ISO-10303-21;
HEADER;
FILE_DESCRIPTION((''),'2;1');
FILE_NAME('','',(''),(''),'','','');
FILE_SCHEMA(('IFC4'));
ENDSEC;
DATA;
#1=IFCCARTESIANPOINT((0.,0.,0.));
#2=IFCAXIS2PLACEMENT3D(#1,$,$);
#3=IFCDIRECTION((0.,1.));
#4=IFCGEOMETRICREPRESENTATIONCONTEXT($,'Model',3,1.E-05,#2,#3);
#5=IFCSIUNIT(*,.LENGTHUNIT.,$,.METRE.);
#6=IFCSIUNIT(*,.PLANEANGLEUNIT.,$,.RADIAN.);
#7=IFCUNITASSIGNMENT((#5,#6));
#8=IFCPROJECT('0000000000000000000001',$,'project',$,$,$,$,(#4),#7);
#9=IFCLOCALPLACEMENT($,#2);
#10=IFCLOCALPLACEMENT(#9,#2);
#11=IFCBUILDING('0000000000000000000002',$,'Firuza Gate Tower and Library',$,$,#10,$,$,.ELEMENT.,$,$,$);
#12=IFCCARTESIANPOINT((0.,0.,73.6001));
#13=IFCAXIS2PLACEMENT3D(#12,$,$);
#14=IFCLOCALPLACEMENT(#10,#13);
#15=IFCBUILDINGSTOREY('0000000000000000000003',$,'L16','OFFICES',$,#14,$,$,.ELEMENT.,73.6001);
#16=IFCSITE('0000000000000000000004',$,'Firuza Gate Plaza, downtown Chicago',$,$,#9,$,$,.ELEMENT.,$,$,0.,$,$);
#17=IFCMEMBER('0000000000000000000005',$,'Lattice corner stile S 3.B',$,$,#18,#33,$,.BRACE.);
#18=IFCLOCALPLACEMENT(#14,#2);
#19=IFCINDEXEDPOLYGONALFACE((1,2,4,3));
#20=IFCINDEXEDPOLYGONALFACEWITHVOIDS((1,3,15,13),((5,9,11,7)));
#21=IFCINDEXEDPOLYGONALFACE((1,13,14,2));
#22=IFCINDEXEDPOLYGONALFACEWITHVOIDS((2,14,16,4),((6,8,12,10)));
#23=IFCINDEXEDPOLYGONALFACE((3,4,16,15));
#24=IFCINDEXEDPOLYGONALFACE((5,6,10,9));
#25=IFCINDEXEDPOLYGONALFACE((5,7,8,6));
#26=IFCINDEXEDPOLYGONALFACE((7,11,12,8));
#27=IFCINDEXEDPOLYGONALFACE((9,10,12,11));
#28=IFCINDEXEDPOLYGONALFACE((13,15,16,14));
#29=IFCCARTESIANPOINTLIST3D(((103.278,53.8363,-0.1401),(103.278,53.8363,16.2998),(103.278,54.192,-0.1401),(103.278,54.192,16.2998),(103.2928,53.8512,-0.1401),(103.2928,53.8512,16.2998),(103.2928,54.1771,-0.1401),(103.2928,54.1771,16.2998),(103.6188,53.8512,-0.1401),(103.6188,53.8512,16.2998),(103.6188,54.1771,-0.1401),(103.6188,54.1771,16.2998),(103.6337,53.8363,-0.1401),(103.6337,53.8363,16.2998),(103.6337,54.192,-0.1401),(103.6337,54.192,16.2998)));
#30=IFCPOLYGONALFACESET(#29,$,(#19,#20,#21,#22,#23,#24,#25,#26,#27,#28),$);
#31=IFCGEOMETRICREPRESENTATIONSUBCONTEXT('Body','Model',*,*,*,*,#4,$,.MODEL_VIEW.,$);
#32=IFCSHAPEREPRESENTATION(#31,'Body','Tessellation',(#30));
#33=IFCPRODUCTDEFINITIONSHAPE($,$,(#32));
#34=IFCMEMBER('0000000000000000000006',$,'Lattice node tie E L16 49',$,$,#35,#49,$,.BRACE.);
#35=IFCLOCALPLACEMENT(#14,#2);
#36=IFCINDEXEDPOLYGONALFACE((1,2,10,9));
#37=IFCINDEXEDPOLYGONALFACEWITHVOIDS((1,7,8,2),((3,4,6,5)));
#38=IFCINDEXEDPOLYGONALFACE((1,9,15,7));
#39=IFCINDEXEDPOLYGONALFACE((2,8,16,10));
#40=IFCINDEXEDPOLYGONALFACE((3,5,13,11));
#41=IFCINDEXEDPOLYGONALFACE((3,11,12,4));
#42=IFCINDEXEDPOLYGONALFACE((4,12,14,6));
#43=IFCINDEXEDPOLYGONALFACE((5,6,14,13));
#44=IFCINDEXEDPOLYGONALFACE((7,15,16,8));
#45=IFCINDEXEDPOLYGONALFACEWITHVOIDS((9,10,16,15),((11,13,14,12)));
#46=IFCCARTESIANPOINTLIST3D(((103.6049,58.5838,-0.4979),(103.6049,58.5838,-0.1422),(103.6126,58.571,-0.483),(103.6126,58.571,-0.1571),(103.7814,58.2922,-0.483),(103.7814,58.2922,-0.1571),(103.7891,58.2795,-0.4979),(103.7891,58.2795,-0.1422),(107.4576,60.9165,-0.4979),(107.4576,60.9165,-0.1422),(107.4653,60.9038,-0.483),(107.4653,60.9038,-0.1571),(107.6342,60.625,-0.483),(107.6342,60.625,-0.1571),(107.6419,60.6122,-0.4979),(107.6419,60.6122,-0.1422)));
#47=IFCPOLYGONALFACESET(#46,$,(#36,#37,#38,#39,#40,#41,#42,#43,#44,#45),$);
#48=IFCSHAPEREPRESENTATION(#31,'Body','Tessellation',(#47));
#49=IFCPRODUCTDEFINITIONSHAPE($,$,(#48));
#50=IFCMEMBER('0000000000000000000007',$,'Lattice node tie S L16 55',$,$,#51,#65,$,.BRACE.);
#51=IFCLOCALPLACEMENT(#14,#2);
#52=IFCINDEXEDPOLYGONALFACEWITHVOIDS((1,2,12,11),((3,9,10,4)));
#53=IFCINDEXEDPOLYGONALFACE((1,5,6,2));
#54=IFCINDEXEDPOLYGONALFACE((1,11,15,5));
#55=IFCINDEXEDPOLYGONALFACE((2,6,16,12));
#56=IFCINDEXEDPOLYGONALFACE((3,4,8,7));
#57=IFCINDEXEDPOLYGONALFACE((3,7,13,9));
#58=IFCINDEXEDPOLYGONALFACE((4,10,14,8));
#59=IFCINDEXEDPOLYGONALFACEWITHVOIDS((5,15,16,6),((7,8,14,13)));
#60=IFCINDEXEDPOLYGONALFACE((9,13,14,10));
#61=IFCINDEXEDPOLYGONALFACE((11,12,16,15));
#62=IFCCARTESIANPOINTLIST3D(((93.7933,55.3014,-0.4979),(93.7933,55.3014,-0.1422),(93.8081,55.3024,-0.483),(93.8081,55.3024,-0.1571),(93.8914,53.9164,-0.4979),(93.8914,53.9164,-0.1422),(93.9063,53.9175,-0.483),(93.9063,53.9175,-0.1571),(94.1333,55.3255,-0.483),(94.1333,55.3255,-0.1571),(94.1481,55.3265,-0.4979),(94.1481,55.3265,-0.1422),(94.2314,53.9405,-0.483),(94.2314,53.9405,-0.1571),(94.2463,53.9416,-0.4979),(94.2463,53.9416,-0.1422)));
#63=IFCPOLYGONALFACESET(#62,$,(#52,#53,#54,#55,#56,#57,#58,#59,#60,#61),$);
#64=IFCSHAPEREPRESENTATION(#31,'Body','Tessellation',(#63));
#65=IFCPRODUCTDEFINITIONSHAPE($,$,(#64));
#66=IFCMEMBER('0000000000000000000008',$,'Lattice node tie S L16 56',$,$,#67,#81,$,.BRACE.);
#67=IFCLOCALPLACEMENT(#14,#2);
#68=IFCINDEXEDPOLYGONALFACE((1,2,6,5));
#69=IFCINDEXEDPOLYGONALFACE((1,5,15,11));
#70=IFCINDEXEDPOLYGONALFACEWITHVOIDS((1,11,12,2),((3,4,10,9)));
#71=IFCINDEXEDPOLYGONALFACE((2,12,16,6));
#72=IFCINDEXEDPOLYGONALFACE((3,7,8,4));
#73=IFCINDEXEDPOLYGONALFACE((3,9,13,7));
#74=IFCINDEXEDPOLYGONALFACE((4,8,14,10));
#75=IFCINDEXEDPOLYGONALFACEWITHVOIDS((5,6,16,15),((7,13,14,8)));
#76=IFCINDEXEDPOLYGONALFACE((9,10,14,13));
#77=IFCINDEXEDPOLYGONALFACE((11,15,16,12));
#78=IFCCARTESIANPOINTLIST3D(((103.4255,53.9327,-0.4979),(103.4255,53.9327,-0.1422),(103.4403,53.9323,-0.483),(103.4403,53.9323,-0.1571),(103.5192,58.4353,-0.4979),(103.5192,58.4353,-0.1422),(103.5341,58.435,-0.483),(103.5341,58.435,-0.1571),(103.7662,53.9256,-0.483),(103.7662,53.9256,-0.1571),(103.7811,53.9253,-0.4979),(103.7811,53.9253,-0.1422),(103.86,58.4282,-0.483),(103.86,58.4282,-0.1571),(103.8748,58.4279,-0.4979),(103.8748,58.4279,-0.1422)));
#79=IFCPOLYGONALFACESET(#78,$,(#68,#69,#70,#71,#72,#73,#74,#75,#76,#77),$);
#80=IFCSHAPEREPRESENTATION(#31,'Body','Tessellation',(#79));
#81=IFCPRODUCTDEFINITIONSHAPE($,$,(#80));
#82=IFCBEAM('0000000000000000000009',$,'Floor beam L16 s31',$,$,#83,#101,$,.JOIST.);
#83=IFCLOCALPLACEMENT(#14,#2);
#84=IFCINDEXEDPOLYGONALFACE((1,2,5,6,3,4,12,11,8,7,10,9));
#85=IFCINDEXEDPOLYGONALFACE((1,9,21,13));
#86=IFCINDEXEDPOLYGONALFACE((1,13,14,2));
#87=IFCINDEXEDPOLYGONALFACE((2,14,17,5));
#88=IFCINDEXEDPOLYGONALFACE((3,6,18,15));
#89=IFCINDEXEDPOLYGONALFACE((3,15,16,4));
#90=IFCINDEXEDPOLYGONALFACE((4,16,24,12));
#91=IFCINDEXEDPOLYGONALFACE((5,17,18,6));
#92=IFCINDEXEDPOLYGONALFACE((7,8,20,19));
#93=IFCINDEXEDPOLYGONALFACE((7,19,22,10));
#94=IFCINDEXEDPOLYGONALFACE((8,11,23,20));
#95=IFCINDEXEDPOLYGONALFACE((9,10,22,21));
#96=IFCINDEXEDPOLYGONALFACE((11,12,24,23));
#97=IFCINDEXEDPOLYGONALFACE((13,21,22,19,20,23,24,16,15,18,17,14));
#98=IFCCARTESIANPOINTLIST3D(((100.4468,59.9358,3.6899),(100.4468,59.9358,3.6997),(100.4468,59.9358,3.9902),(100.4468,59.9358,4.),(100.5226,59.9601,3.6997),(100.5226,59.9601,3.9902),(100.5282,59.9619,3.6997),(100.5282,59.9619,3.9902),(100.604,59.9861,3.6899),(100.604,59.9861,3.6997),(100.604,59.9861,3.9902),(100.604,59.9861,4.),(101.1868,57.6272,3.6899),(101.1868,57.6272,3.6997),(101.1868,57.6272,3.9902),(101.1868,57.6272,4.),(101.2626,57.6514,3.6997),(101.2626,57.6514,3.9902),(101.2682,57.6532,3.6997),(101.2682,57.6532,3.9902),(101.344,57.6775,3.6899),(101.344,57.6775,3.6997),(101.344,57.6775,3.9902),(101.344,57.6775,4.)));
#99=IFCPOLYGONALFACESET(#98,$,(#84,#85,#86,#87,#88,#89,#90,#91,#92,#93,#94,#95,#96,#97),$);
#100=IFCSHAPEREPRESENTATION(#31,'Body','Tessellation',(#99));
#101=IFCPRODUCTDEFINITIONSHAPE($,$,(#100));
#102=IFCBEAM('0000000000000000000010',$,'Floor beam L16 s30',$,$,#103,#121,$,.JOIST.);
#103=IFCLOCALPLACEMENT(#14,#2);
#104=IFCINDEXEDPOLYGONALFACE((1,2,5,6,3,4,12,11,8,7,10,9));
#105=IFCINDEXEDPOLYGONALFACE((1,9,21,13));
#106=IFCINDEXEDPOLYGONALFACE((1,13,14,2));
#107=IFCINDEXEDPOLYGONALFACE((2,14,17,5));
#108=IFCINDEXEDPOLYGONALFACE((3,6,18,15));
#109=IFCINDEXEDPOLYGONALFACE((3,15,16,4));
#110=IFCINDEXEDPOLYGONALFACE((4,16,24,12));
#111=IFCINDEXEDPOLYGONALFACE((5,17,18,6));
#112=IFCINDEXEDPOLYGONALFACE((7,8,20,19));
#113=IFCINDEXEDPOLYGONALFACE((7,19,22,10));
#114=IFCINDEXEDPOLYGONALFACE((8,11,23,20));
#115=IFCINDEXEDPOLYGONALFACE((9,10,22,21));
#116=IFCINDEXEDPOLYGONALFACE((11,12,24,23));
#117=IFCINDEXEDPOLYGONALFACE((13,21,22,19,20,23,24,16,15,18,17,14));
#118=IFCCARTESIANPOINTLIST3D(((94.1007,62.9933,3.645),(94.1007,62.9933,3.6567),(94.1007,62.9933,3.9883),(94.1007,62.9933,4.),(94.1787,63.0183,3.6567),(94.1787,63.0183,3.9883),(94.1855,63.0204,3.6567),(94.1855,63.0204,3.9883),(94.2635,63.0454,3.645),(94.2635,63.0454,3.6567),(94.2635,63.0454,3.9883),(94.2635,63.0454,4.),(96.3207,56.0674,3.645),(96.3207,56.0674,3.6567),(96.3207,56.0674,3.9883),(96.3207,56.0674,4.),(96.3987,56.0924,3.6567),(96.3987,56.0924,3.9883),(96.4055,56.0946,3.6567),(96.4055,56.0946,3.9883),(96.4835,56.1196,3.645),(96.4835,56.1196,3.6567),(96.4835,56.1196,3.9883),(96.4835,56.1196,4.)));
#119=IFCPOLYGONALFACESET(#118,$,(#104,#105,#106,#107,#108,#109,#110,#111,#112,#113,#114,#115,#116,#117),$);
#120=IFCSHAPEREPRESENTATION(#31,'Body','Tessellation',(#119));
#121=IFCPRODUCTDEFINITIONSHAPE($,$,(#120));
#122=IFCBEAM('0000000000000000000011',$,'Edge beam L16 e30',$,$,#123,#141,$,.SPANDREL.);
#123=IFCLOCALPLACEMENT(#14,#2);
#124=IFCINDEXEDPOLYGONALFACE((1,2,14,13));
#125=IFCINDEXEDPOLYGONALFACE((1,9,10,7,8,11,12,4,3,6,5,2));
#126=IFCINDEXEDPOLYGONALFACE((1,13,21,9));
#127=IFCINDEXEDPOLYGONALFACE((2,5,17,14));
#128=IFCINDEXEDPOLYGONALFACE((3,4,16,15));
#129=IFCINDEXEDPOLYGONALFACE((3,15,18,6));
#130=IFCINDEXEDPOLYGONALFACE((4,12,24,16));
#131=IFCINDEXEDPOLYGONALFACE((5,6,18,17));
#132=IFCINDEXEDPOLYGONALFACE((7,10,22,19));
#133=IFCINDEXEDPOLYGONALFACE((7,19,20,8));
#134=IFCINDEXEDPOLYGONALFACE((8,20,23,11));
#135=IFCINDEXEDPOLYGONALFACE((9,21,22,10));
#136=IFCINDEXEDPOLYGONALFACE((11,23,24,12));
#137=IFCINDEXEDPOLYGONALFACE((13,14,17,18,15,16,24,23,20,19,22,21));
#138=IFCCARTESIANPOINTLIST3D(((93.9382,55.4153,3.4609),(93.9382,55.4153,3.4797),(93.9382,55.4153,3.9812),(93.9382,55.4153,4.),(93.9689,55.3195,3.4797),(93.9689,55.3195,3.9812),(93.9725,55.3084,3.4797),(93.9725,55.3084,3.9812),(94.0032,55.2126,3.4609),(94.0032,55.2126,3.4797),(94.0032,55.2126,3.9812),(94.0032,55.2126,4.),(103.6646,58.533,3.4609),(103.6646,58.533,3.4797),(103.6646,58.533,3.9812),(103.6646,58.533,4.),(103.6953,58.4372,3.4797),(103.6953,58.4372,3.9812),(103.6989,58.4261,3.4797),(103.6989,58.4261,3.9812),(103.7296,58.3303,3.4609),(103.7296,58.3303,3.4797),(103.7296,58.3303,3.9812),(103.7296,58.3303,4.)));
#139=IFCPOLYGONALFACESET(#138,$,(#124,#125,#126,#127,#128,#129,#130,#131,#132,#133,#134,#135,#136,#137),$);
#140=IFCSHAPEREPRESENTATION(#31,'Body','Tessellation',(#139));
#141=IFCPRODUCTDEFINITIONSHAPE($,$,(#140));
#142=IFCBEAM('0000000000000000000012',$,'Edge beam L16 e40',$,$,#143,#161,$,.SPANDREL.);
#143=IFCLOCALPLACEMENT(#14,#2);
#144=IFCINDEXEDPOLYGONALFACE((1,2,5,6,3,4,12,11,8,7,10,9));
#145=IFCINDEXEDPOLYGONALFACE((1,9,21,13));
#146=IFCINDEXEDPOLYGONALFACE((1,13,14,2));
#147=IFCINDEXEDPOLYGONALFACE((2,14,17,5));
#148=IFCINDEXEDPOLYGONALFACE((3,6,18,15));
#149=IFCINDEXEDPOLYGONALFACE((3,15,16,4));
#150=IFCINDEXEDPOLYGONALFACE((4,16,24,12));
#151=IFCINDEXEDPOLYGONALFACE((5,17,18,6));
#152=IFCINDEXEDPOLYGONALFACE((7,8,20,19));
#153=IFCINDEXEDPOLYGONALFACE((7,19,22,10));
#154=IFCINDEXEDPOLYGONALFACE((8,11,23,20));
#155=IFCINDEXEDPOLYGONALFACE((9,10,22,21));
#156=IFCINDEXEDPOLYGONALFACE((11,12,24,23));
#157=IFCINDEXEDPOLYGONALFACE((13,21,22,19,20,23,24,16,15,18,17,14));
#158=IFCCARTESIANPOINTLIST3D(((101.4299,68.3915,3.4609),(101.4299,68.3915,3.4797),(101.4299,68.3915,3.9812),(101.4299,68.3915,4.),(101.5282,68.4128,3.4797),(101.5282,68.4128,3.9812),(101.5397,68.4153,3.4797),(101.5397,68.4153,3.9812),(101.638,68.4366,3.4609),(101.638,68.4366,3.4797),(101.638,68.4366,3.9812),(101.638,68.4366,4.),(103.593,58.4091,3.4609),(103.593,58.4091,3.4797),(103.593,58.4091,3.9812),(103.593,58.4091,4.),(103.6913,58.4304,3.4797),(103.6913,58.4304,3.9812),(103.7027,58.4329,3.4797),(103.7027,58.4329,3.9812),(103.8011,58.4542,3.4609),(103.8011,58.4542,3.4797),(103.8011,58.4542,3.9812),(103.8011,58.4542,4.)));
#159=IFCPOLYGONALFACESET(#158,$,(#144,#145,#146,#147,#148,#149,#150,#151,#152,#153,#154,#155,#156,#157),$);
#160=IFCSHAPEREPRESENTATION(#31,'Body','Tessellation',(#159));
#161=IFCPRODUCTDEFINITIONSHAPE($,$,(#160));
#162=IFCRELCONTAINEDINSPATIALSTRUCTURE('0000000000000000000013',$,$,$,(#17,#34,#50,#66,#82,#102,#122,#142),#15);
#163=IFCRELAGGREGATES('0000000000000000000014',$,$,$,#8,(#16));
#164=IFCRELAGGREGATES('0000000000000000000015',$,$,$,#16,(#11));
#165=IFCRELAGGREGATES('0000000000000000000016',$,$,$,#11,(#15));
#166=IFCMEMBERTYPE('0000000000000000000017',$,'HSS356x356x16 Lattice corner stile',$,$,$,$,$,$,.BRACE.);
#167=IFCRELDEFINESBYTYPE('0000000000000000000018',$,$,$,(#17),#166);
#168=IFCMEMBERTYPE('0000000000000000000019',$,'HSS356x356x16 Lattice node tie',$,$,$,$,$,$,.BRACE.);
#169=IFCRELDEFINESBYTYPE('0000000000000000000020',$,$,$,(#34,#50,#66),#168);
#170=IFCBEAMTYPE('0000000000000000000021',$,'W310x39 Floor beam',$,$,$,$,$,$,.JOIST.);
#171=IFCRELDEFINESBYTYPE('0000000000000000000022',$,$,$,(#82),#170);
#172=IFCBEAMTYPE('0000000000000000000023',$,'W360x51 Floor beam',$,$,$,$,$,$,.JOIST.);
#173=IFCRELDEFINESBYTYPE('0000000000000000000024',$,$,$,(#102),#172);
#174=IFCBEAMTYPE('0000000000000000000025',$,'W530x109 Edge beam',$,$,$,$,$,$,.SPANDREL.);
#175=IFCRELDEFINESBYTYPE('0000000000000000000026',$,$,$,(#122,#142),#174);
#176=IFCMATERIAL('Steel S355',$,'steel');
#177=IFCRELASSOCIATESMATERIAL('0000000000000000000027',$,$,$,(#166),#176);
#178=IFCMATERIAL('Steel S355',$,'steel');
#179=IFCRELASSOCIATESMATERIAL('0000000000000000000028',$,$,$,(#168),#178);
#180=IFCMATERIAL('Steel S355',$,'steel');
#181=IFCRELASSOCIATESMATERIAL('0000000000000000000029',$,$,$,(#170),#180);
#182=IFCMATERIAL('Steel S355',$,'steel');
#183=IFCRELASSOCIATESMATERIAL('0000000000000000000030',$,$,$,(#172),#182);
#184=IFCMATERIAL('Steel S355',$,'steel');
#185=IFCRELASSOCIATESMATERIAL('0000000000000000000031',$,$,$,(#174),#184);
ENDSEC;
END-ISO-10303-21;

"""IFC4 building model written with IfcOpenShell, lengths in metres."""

from ifc_helpers import new_model, si_unit, direction, frame, origin, origin_2d, place, context, subcontext, project, spatial, hollow_rectangle, i_section, extrude, material, material_profile, profile_set, type_object, element, save


model = new_model("IFC4")

# Units and contexts
model_context = context("Model", 3, precision=1e-05, world=origin(), true_north=direction((0.0, 1.0)))
body_context = subcontext(model_context, "Body", "Model", "MODEL_VIEW")
ifc_project = project(units=[si_unit("LENGTHUNIT", "METRE"), si_unit("PLANEANGLEUNIT", "RADIAN")], contexts=[model_context])

# Site, building, storey
site_placement = place(None, origin())
site = spatial("IfcSite", under=ifc_project, at=site_placement, Name="Firuza Gate Plaza, downtown Chicago", CompositionType="ELEMENT", RefElevation=0.0)
building_placement = place(site_placement, origin())
building = spatial("IfcBuilding", under=site, at=building_placement, Name="Firuza Gate Tower and Library", CompositionType="ELEMENT")
storey_placement = place(building_placement, frame((0.0, 0.0, 73.6001)))
storey = spatial("IfcBuildingStorey", under=building, at=storey_placement, Name="L16", Description="OFFICES", CompositionType="ELEMENT", Elevation=73.6001)

# Members
ifc_material_1 = material(Name="Steel S355", Category="steel")
ifc_material_profile_1 = material_profile(ifc_material_1, hollow_rectangle(XDim=0.3557, YDim=0.3557, WallThickness=0.0149, at=origin_2d()))
ifc_profile_set_1 = profile_set([ifc_material_profile_1], Name="Steel S355")
member_type_1 = type_object("IfcMemberType", Name="HSS356x356x16 Lattice corner stile", PredefinedType="BRACE", material=ifc_profile_set_1)
member_1_placement = place(storey_placement, frame((103.4558, 54.0142, -0.1401), z_axis=(0.0, 0.0, 1.0), x_axis=(1.0, 0.0, 0.0)))
element("IfcMember", 1, at=member_1_placement, inside=storey, type_object=member_type_1, Name="Lattice corner stile S 3.B", PredefinedType="BRACE", context=body_context, shape_type="SweptSolid", body=[
    extrude(hollow_rectangle(XDim=0.3557, YDim=0.3557, WallThickness=0.0149, at=origin_2d()), origin(), (0.0, 0.0, 1.0), 16.4399),
])
ifc_material_2 = material(Name="Steel S355", Category="steel")
ifc_material_profile_2 = material_profile(ifc_material_2, hollow_rectangle(XDim=0.3557, YDim=0.3557, WallThickness=0.0149, at=origin_2d()))
ifc_profile_set_2 = profile_set([ifc_material_profile_2], Name="Steel S355")
member_type_2 = type_object("IfcMemberType", Name="HSS356x356x16 Lattice node tie", PredefinedType="BRACE", material=ifc_profile_set_2)
member_2_placement = place(storey_placement, frame((103.697, 58.4316, -0.3201), z_axis=(0.85542, 0.517935, 0.0), x_axis=(-0.517935, 0.85542, 0.0)))
element("IfcMember", 2, at=member_2_placement, inside=storey, type_object=member_type_2, Name="Lattice node tie E L16 49", PredefinedType="BRACE", context=body_context, shape_type="SweptSolid", body=[
    extrude(hollow_rectangle(XDim=0.3557, YDim=0.3557, WallThickness=0.0149, at=origin_2d()), origin(), (0.0, 0.0, 1.0), 4.5039),
])
member_3_placement = place(storey_placement, frame((93.9707, 55.314, -0.3201), z_axis=(0.070685, -0.997499, 0.0), x_axis=(0.997499, 0.070685, 0.0)))
element("IfcMember", 3, at=member_3_placement, inside=storey, type_object=member_type_2, Name="Lattice node tie S L16 55", PredefinedType="BRACE", context=body_context, shape_type="SweptSolid", body=[
    extrude(hollow_rectangle(XDim=0.3557, YDim=0.3557, WallThickness=0.0149, at=origin_2d()), origin(), (0.0, 0.0, 1.0), 1.3884),
])
member_4_placement = place(storey_placement, frame((103.697, 58.4316, -0.3201), z_axis=(-0.020816, -0.999783, 0.0), x_axis=(0.999783, -0.020816, 0.0)))
element("IfcMember", 4, at=member_4_placement, inside=storey, type_object=member_type_2, Name="Lattice node tie S L16 56", PredefinedType="BRACE", context=body_context, shape_type="SweptSolid", body=[
    extrude(hollow_rectangle(XDim=0.3557, YDim=0.3557, WallThickness=0.0149, at=origin_2d()), origin(), (0.0, 0.0, 1.0), 4.5037),
])

# Beams
ifc_material_3 = material(Name="Steel S355", Category="steel")
ifc_material_profile_3 = material_profile(ifc_material_3, i_section(OverallWidth=0.165, OverallDepth=0.3101, WebThickness=0.0059, FlangeThickness=0.0098, at=origin_2d()))
ifc_profile_set_3 = profile_set([ifc_material_profile_3], Name="Steel S355")
beam_type_1 = type_object("IfcBeamType", Name="W310x39 Floor beam", PredefinedType="JOIST", material=ifc_profile_set_3)
beam_1_placement = place(storey_placement, frame((101.2654, 57.6523, 3.845), z_axis=(-0.30524, 0.952276, 0.0), x_axis=(-0.952276, -0.30524, 0.0)))
element("IfcBeam", 5, at=beam_1_placement, inside=storey, type_object=beam_type_1, Name="Floor beam L16 s31", PredefinedType="JOIST", context=body_context, shape_type="SweptSolid", body=[
    extrude(i_section(OverallWidth=0.165, OverallDepth=0.3101, WebThickness=0.0059, FlangeThickness=0.0098, at=origin_2d()), origin(), (0.0, 0.0, 1.0), 2.4243),
])
ifc_material_4 = material(Name="Steel S355", Category="steel")
ifc_material_profile_4 = material_profile(ifc_material_4, i_section(OverallWidth=0.1709, OverallDepth=0.355, WebThickness=0.0071, FlangeThickness=0.0117, at=origin_2d()))
ifc_profile_set_4 = profile_set([ifc_material_profile_4], Name="Steel S355")
beam_type_2 = type_object("IfcBeamType", Name="W360x51 Floor beam", PredefinedType="JOIST", material=ifc_profile_set_4)
beam_2_placement = place(storey_placement, frame((96.4021, 56.0935, 3.8225), z_axis=(-0.30524, 0.952276, 0.0), x_axis=(-0.952276, -0.30524, 0.0)))
element("IfcBeam", 6, at=beam_2_placement, inside=storey, type_object=beam_type_2, Name="Floor beam L16 s30", PredefinedType="JOIST", context=body_context, shape_type="SweptSolid", body=[
    extrude(i_section(OverallWidth=0.1709, OverallDepth=0.355, WebThickness=0.0071, FlangeThickness=0.0117, at=origin_2d()), origin(), (0.0, 0.0, 1.0), 7.2729),
])
ifc_material_5 = material(Name="Steel S355", Category="steel")
ifc_material_profile_5 = material_profile(ifc_material_5, i_section(OverallWidth=0.2129, OverallDepth=0.5391, WebThickness=0.0117, FlangeThickness=0.0188, at=origin_2d()))
ifc_profile_set_5 = profile_set([ifc_material_profile_5], Name="Steel S355")
beam_type_3 = type_object("IfcBeamType", Name="W530x109 Edge beam", PredefinedType="SPANDREL", material=ifc_profile_set_5)
beam_3_placement = place(storey_placement, frame((93.9707, 55.314, 3.7305), z_axis=(0.952275, 0.305242, 0.0), x_axis=(-0.305242, 0.952275, 0.0)))
element("IfcBeam", 7, at=beam_3_placement, inside=storey, type_object=beam_type_3, Name="Edge beam L16 e30", PredefinedType="SPANDREL", context=body_context, shape_type="SweptSolid", body=[
    extrude(i_section(OverallWidth=0.2129, OverallDepth=0.5391, WebThickness=0.0117, FlangeThickness=0.0188, at=origin_2d()), origin(), (0.0, 0.0, 1.0), 10.2139),
])
beam_4_placement = place(storey_placement, frame((103.697, 58.4316, 3.7305), z_axis=(-0.211775, 0.977319, 0.0), x_axis=(-0.977319, -0.211775, 0.0)))
element("IfcBeam", 8, at=beam_4_placement, inside=storey, type_object=beam_type_3, Name="Edge beam L16 e40", PredefinedType="SPANDREL", context=body_context, shape_type="SweptSolid", body=[
    extrude(i_section(OverallWidth=0.2129, OverallDepth=0.5391, WebThickness=0.0117, FlangeThickness=0.0188, at=origin_2d()), origin(), (0.0, 0.0, 1.0), 10.2141),
])

save(model, "model.ifc")
